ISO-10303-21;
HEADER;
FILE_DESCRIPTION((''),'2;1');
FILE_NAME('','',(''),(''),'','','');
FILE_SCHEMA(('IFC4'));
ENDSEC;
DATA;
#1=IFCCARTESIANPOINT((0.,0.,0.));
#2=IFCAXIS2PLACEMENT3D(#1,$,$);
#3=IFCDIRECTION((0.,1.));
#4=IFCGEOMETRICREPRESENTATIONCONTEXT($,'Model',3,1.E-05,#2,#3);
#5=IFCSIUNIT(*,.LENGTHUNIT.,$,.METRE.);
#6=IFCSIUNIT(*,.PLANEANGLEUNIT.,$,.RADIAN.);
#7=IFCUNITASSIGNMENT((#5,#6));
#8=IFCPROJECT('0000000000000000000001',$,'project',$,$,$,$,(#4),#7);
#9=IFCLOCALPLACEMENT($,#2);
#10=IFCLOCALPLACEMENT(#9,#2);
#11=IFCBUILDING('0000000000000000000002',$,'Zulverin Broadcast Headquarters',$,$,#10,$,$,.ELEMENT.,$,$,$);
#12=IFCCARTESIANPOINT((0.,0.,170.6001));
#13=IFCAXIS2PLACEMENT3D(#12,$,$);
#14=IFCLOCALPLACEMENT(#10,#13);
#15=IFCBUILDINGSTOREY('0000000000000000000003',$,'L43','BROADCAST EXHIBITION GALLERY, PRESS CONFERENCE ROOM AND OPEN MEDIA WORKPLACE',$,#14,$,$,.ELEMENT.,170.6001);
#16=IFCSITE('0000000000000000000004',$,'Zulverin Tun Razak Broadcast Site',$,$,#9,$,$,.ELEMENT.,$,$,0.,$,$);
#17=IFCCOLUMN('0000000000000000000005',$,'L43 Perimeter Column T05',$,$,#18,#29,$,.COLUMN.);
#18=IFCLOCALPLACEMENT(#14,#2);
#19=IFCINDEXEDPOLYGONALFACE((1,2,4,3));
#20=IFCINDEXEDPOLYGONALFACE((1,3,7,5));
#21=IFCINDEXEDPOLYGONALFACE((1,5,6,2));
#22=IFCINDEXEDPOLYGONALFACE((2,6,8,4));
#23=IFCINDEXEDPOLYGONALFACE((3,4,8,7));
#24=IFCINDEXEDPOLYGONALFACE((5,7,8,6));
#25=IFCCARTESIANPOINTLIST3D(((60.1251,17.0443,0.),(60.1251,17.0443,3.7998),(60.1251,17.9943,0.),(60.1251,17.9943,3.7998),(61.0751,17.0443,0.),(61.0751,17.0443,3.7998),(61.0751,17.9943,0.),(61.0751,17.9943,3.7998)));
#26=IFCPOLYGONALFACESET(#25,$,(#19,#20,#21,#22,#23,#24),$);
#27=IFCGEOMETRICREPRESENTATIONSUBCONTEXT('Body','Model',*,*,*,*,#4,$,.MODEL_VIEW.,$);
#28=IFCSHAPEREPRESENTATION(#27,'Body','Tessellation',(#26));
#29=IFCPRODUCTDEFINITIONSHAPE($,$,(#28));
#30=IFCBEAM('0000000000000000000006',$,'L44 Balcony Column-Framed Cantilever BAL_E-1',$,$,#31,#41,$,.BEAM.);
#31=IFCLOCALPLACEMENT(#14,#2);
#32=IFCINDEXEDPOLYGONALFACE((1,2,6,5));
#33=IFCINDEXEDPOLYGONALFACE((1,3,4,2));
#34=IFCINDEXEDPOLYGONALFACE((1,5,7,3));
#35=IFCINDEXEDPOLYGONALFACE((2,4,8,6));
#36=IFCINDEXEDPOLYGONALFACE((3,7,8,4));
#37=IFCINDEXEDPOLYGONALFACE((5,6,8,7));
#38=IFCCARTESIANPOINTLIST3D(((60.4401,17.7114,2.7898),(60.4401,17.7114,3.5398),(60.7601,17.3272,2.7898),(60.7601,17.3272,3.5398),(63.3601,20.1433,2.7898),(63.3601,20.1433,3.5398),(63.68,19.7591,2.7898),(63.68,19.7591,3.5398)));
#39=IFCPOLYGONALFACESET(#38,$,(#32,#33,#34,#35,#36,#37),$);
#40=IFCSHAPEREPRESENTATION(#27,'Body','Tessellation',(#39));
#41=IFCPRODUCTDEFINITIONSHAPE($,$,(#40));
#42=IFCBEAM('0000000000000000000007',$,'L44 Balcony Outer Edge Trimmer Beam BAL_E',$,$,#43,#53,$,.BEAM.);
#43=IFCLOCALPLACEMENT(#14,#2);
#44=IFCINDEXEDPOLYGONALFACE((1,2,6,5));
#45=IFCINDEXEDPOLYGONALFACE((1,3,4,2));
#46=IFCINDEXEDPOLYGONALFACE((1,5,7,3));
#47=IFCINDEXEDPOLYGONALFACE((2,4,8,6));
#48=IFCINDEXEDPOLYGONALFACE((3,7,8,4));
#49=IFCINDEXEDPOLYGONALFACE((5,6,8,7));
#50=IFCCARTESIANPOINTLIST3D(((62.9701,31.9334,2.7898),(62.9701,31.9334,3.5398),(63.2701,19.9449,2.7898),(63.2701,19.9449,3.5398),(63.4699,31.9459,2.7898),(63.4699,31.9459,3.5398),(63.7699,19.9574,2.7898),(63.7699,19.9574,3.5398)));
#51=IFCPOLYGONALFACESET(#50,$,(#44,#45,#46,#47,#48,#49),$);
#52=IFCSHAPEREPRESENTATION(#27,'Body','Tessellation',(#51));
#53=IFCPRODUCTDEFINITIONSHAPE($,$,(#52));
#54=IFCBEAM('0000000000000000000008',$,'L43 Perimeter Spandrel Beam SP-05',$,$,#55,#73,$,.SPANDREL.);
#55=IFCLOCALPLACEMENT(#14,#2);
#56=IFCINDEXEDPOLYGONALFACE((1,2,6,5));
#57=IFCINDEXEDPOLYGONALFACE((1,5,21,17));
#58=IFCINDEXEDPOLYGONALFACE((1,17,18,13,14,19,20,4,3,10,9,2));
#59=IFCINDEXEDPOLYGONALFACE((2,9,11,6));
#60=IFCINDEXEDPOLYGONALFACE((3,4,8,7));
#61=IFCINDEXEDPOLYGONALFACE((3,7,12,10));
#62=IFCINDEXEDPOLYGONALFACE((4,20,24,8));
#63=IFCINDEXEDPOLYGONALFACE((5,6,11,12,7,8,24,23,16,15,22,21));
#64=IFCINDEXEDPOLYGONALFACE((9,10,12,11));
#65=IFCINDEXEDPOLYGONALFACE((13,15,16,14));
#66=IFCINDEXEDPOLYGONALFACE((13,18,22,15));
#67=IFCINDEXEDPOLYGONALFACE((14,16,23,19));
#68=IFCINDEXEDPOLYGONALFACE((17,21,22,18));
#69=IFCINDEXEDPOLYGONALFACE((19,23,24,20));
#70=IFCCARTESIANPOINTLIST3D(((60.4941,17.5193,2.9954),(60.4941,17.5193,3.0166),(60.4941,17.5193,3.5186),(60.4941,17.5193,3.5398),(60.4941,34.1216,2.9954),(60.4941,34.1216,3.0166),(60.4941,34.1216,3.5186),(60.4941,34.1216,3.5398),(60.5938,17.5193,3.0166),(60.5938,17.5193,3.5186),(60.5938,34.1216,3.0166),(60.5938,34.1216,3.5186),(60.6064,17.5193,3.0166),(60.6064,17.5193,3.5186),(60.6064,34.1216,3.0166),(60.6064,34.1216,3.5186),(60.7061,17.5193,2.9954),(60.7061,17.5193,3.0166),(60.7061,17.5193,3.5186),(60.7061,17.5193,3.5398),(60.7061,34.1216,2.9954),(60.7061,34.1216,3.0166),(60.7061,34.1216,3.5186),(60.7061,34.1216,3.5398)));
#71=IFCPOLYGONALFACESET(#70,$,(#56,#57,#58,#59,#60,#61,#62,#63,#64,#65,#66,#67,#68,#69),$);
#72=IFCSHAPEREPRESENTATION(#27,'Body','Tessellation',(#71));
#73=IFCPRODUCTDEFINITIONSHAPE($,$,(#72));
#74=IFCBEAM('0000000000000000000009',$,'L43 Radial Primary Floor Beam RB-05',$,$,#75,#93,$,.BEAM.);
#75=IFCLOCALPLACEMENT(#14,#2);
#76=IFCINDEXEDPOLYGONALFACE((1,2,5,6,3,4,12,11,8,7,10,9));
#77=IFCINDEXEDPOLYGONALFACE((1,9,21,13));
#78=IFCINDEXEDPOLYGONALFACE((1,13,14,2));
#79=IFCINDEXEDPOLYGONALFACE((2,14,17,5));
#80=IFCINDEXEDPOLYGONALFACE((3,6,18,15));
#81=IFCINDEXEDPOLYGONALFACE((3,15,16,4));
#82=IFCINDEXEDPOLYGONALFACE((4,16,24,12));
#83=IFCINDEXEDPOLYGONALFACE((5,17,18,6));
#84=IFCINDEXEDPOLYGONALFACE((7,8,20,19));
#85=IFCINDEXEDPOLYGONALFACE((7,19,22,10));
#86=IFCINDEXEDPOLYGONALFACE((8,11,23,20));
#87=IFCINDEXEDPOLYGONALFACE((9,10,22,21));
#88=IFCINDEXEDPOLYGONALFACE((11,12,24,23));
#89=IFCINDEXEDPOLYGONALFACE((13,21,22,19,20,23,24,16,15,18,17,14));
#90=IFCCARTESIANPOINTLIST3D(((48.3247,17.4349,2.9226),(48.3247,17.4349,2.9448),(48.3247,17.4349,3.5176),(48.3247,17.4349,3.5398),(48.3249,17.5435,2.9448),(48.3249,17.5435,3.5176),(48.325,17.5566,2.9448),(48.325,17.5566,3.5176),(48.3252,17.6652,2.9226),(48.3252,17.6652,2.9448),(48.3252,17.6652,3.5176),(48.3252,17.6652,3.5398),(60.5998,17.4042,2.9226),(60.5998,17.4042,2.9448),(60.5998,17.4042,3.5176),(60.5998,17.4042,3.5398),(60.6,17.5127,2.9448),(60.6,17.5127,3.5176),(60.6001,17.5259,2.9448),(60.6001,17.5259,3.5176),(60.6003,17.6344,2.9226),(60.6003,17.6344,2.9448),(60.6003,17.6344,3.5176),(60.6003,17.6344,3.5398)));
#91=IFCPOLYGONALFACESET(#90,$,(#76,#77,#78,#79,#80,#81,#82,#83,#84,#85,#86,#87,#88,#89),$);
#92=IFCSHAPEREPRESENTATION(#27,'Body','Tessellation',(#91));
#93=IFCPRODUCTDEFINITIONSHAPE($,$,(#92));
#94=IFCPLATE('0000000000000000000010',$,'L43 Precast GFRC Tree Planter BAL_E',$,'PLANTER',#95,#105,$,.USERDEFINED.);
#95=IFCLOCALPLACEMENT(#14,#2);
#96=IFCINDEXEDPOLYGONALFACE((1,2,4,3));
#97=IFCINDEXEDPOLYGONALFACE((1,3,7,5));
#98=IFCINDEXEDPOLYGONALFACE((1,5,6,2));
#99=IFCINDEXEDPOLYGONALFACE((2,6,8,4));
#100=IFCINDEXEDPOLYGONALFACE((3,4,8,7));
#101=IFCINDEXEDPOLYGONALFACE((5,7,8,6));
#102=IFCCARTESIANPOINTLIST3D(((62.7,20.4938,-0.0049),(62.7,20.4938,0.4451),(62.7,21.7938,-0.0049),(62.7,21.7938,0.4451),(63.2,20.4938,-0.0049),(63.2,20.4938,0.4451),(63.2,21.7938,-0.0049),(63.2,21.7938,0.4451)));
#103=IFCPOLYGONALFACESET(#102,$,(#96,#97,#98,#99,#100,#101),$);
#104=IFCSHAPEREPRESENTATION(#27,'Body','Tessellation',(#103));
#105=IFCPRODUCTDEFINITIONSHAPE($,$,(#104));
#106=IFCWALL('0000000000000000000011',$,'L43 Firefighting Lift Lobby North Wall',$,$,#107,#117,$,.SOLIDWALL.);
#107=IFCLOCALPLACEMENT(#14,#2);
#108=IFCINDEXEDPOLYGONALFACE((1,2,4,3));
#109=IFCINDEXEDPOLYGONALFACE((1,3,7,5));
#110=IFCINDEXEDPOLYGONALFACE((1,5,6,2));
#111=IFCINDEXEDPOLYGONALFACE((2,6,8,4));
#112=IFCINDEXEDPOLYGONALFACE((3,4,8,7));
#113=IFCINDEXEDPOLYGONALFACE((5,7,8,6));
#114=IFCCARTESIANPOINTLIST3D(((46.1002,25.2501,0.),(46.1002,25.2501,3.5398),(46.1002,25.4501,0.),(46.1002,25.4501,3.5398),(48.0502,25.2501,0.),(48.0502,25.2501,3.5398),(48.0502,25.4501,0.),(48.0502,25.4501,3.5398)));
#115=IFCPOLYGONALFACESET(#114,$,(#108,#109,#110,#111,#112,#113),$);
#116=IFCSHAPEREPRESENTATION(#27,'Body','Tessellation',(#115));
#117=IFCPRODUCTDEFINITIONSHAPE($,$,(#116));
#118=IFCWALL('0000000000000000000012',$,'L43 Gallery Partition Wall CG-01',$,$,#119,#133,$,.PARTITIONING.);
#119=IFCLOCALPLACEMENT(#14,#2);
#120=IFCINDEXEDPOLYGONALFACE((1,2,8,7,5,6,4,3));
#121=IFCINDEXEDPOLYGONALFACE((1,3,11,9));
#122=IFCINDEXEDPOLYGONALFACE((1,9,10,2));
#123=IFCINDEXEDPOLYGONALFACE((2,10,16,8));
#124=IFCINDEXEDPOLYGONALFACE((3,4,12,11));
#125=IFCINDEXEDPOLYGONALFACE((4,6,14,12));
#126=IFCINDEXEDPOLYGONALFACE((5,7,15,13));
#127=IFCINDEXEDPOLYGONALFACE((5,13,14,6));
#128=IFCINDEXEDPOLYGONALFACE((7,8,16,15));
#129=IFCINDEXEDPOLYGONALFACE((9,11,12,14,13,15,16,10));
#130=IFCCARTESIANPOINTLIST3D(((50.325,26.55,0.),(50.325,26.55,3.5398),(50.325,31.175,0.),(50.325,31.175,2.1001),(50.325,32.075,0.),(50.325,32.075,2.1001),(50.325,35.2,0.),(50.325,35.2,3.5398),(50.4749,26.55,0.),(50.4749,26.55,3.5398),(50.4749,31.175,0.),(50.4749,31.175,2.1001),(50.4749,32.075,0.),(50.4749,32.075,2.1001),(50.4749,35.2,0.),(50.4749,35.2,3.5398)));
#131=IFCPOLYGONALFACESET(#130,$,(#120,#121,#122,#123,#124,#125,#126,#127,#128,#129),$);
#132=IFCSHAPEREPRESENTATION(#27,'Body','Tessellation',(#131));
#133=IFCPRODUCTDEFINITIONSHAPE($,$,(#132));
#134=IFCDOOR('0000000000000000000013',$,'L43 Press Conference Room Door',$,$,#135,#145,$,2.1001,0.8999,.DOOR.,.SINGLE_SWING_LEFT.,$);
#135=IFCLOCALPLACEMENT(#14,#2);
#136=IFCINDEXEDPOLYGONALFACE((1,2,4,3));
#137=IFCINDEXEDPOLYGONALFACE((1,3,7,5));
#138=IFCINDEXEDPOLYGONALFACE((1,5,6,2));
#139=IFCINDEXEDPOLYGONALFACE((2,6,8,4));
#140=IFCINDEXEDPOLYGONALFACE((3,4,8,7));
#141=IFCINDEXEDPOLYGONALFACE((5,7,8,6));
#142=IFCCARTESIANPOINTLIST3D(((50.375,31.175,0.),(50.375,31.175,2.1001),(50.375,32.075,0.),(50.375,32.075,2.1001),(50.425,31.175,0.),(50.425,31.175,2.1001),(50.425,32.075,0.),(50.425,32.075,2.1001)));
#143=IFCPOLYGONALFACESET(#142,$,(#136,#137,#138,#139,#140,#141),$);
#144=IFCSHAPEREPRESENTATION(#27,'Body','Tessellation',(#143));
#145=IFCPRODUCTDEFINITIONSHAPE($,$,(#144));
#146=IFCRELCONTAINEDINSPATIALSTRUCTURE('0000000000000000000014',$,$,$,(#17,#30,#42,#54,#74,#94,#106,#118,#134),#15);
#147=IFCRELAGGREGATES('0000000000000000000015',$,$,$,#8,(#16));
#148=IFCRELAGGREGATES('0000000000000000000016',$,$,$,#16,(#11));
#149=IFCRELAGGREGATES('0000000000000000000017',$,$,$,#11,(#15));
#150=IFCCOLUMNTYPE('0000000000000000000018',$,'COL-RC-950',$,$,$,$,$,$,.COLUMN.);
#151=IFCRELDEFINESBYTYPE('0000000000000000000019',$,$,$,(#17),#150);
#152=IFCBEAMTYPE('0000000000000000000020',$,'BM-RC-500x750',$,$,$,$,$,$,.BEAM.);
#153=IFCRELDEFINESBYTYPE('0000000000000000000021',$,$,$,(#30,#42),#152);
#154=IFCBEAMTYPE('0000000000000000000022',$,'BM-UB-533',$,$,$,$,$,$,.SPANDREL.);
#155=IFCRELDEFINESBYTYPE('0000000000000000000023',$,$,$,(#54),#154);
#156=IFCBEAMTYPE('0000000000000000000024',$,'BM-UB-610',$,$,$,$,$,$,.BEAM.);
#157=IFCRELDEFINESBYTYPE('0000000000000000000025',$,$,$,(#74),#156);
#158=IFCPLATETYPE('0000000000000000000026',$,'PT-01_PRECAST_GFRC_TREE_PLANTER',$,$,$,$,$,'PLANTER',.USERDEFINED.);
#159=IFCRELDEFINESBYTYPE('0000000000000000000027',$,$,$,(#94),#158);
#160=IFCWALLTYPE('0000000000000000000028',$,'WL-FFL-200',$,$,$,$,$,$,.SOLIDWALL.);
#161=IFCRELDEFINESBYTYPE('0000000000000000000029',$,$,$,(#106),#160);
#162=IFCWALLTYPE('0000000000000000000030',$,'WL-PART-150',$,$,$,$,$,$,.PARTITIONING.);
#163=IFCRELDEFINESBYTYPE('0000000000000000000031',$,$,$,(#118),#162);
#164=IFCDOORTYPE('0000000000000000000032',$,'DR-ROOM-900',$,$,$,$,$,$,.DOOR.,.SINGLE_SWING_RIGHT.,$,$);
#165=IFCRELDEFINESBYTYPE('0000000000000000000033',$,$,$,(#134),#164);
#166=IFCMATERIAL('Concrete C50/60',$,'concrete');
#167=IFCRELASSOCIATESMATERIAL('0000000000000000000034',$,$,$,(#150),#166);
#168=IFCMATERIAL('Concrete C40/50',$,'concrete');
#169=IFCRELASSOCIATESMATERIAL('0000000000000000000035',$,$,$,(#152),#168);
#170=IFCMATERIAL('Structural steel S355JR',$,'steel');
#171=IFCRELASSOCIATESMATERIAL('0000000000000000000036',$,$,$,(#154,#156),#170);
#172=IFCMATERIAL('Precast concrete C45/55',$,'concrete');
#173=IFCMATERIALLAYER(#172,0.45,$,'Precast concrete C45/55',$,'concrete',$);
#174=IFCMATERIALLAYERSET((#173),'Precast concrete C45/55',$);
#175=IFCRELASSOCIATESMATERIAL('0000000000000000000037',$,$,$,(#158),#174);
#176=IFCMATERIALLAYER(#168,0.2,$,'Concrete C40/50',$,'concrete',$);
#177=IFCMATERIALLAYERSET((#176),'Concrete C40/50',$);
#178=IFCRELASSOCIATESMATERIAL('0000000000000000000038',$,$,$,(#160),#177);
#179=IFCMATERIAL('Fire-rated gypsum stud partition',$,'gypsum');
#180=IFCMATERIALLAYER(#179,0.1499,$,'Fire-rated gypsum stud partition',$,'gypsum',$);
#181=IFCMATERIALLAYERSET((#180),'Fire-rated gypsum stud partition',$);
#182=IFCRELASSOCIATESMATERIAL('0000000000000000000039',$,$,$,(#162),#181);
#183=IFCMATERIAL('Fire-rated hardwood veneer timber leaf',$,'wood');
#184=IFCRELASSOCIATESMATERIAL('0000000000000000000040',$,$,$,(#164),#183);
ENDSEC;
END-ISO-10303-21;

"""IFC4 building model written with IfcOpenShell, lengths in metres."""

from ifc_helpers import new_model, si_unit, direction, frame, frame_2d, origin, origin_2d, place, context, subcontext, project, spatial, rectangle, i_section, extrude, material, layer, layer_set, material_profile, profile_set, type_object, element, fill, save


model = new_model("IFC4")

# Units and contexts
model_context = context("Model", 3, precision=1e-05, world=origin(), true_north=direction((0.0, 1.0)))
body_context = subcontext(model_context, "Body", "Model", "MODEL_VIEW")
ifc_project = project(units=[si_unit("LENGTHUNIT", "METRE"), si_unit("PLANEANGLEUNIT", "RADIAN")], contexts=[model_context])

# Site, building, storey
site_placement = place(None, origin())
site = spatial("IfcSite", under=ifc_project, at=site_placement, Name="Zulverin Tun Razak Broadcast Site", CompositionType="ELEMENT", RefElevation=0.0)
building_placement = place(site_placement, origin())
building = spatial("IfcBuilding", under=site, at=building_placement, Name="Zulverin Broadcast Headquarters", CompositionType="ELEMENT")
storey_placement = place(building_placement, frame((0.0, 0.0, 170.6001)))
storey = spatial("IfcBuildingStorey", under=building, at=storey_placement, Name="L43", Description="BROADCAST EXHIBITION GALLERY, PRESS CONFERENCE ROOM AND OPEN MEDIA WORKPLACE", CompositionType="ELEMENT", Elevation=170.6001)

# Column
ifc_material_1 = material(Name="Concrete C50/60", Category="concrete")
ifc_material_profile_1 = material_profile(ifc_material_1, rectangle(XDim=0.95, YDim=0.95, at=origin_2d()), Name="Concrete C50/60", Category="concrete")
ifc_profile_set_1 = profile_set([ifc_material_profile_1], Name="Concrete C50/60")
column_type = type_object("IfcColumnType", Name="COL-RC-950", PredefinedType="COLUMN", material=ifc_profile_set_1)
column_placement = place(storey_placement, frame((60.6001, 17.5193, 0.0), z_axis=(0.0, 0.0, 1.0), x_axis=(1.0, 0.0, 0.0)))
element("IfcColumn", 1, at=column_placement, inside=storey, type_object=column_type, Name="L43 Perimeter Column T05", PredefinedType="COLUMN", context=body_context, shape_type="SweptSolid", body=[
    extrude(rectangle(XDim=0.95, YDim=0.95, at=origin_2d()), origin(), (0.0, 0.0, 1.0), 3.7998),
])

# Beams
ifc_material_2 = material(Name="Concrete C40/50", Category="concrete")
ifc_material_profile_2 = material_profile(ifc_material_2, rectangle(XDim=0.5, YDim=0.75, at=origin_2d()), Name="Concrete C40/50", Category="concrete")
ifc_profile_set_2 = profile_set([ifc_material_profile_2], Name="Concrete C40/50")
beam_type_1 = type_object("IfcBeamType", Name="BM-RC-500x750", PredefinedType="BEAM", material=ifc_profile_set_2)
beam_1_placement = place(storey_placement, frame((60.6001, 17.5193, 3.1648), z_axis=(0.7684, 0.63997, 0.0), x_axis=(-0.63997, 0.7684, 0.0)))
element("IfcBeam", 2, at=beam_1_placement, inside=storey, type_object=beam_type_1, Name="L44 Balcony Column-Framed Cantilever BAL_E-1", PredefinedType="BEAM", context=body_context, shape_type="SweptSolid", body=[
    extrude(rectangle(XDim=0.5, YDim=0.75, at=origin_2d()), origin(), (0.0, 0.0, 1.0), 3.8),
])
beam_2_placement = place(storey_placement, frame((63.52, 19.9512, 3.1648), z_axis=(-0.02502, 0.999687, 0.0), x_axis=(-0.999687, -0.02502, 0.0)))
element("IfcBeam", 3, at=beam_2_placement, inside=storey, type_object=beam_type_1, Name="L44 Balcony Outer Edge Trimmer Beam BAL_E", PredefinedType="BEAM", context=body_context, shape_type="SweptSolid", body=[
    extrude(rectangle(XDim=0.5, YDim=0.75, at=origin_2d()), origin(), (0.0, 0.0, 1.0), 11.9922),
])
ifc_material_3 = material(Name="Structural steel S355JR", Category="steel")
ifc_material_profile_3 = material_profile(ifc_material_3, i_section(OverallWidth=0.2119, OverallDepth=0.5444, WebThickness=0.0127, FlangeThickness=0.0212, at=origin_2d()), Name="Structural steel S355JR", Category="steel")
ifc_profile_set_3 = profile_set([ifc_material_profile_3], Name="Structural steel S355JR")
beam_type_2 = type_object("IfcBeamType", Name="BM-UB-533", PredefinedType="SPANDREL", material=ifc_profile_set_3)
beam_3_placement = place(storey_placement, frame((60.6001, 17.5193, 3.2676), z_axis=(0.0, 1.0, 0.0), x_axis=(-1.0, 0.0, 0.0)))
element("IfcBeam", 4, at=beam_3_placement, inside=storey, type_object=beam_type_2, Name="L43 Perimeter Spandrel Beam SP-05", PredefinedType="SPANDREL", context=body_context, shape_type="SweptSolid", body=[
    extrude(i_section(OverallWidth=0.2119, OverallDepth=0.5444, WebThickness=0.0127, FlangeThickness=0.0212, at=origin_2d()), origin(), (0.0, 0.0, 1.0), 16.6023),
])
ifc_material_profile_4 = material_profile(ifc_material_3, i_section(OverallWidth=0.2302, OverallDepth=0.6172, WebThickness=0.0132, FlangeThickness=0.0222, at=origin_2d()), Name="Structural steel S355JR", Category="steel")
ifc_profile_set_4 = profile_set([ifc_material_profile_4], Name="Structural steel S355JR")
beam_type_3 = type_object("IfcBeamType", Name="BM-UB-610", PredefinedType="BEAM", material=ifc_profile_set_4)
beam_4_placement = place(storey_placement, frame((48.325, 17.55, 3.2312), z_axis=(0.999997, -0.002506, 0.0), x_axis=(0.002506, 0.999997, 0.0)))
element("IfcBeam", 5, at=beam_4_placement, inside=storey, type_object=beam_type_3, Name="L43 Radial Primary Floor Beam RB-05", PredefinedType="BEAM", context=body_context, shape_type="SweptSolid", body=[
    extrude(i_section(OverallWidth=0.2302, OverallDepth=0.6172, WebThickness=0.0132, FlangeThickness=0.0222, at=origin_2d()), origin(), (0.0, 0.0, 1.0), 12.2751),
])

# Plate
ifc_material_4 = material(Name="Precast concrete C45/55", Category="concrete")
ifc_layer_1 = layer(ifc_material_4, 0.45, Name="Precast concrete C45/55", Category="concrete")
ifc_layer_set_1 = layer_set([ifc_layer_1], Name="Precast concrete C45/55")
plate_type = type_object("IfcPlateType", Name="PT-01_PRECAST_GFRC_TREE_PLANTER", ElementType="PLANTER", PredefinedType="USERDEFINED", material=ifc_layer_set_1)
plate_placement = place(storey_placement, frame((62.95, 21.1438, -0.0049), z_axis=(0.0, 0.0, 1.0), x_axis=(0.0, 1.0, 0.0)))
element("IfcPlate", 6, at=plate_placement, inside=storey, type_object=plate_type, Name="L43 Precast GFRC Tree Planter BAL_E", ObjectType="PLANTER", PredefinedType="USERDEFINED", context=body_context, shape_type="SweptSolid", body=[
    extrude(rectangle(XDim=1.3, YDim=0.5, at=origin_2d()), origin(), (0.0, 0.0, 1.0), 0.45),
])

# Wall
ifc_layer_2 = layer(ifc_material_2, 0.2, Name="Concrete C40/50", Category="concrete")
ifc_layer_set_2 = layer_set([ifc_layer_2], Name="Concrete C40/50")
wall_type_1 = type_object("IfcWallType", Name="WL-FFL-200", PredefinedType="SOLIDWALL", material=ifc_layer_set_2)
wall_1_placement = place(storey_placement, frame((46.1001, 25.3501, 0.0), z_axis=(0.0, 0.0, 1.0), x_axis=(1.0, 0.0, 0.0)))
element("IfcWall", 7, at=wall_1_placement, inside=storey, type_object=wall_type_1, Name="L43 Firefighting Lift Lobby North Wall", PredefinedType="SOLIDWALL", context=body_context, shape_type="SweptSolid", body=[
    extrude(rectangle(XDim=1.95, YDim=0.2, at=frame_2d((0.9751, 0.0))), origin(), (0.0, 0.0, 1.0), 3.5398),
])

# Wall, opening, door
ifc_material_5 = material(Name="Fire-rated gypsum stud partition", Category="gypsum")
ifc_layer_3 = layer(ifc_material_5, 0.1499, Name="Fire-rated gypsum stud partition", Category="gypsum")
ifc_layer_set_3 = layer_set([ifc_layer_3], Name="Fire-rated gypsum stud partition")
wall_type_2 = type_object("IfcWallType", Name="WL-PART-150", PredefinedType="PARTITIONING", material=ifc_layer_set_3)
wall_2_placement = place(storey_placement, frame((50.3999, 26.55, 0.0), z_axis=(0.0, 0.0, 1.0), x_axis=(0.0, 1.0, 0.0)))
wall_2 = element("IfcWall", 8, at=wall_2_placement, inside=storey, type_object=wall_type_2, Name="L43 Gallery Partition Wall CG-01", PredefinedType="PARTITIONING", context=body_context, shape_type="SweptSolid", body=[
    extrude(rectangle(XDim=8.6499, YDim=0.1499, at=frame_2d((4.325, 0.0))), origin(), (0.0, 0.0, 1.0), 3.5398),
])
opening_1_placement = place(wall_2_placement, frame((4.625, 0.0, 0.0)))
opening_1 = element("IfcOpeningElement", 9, at=opening_1_placement, cuts=wall_2, PredefinedType="OPENING", context=body_context, shape_type="SweptSolid", body=[
    extrude(rectangle(XDim=0.8999, YDim=2.1001, at=frame_2d((0.45, 1.05))), frame((0.0, 0.085, 0.0), z_axis=(0.0, -1.0, 0.0), x_axis=(1.0, 0.0, 0.0)), (0.0, 0.0, 1.0), 0.1699),
])
ifc_material_6 = material(Name="Fire-rated hardwood veneer timber leaf", Category="wood")
door_type_1 = type_object("IfcDoorType", Name="DR-ROOM-900", OperationType="SINGLE_SWING_RIGHT", PredefinedType="DOOR", material=ifc_material_6)
door_1_placement = place(opening_1_placement, origin())
door_1 = element("IfcDoor", 10, at=door_1_placement, inside=storey, type_object=door_type_1, Name="L43 Press Conference Room Door", OperationType="SINGLE_SWING_LEFT", OverallHeight=2.1001, OverallWidth=0.8999, PredefinedType="DOOR", context=body_context, shape_type="SweptSolid", body=[
    extrude(rectangle(XDim=0.8999, YDim=2.1001, at=frame_2d((0.45, 1.05))), frame((0.0, 0.0249, 0.0), z_axis=(0.0, -1.0, 0.0), x_axis=(1.0, 0.0, 0.0)), (0.0, 0.0, 1.0), 0.05),
])
fill(opening_1, door_1)

save(model, "model.ifc")
